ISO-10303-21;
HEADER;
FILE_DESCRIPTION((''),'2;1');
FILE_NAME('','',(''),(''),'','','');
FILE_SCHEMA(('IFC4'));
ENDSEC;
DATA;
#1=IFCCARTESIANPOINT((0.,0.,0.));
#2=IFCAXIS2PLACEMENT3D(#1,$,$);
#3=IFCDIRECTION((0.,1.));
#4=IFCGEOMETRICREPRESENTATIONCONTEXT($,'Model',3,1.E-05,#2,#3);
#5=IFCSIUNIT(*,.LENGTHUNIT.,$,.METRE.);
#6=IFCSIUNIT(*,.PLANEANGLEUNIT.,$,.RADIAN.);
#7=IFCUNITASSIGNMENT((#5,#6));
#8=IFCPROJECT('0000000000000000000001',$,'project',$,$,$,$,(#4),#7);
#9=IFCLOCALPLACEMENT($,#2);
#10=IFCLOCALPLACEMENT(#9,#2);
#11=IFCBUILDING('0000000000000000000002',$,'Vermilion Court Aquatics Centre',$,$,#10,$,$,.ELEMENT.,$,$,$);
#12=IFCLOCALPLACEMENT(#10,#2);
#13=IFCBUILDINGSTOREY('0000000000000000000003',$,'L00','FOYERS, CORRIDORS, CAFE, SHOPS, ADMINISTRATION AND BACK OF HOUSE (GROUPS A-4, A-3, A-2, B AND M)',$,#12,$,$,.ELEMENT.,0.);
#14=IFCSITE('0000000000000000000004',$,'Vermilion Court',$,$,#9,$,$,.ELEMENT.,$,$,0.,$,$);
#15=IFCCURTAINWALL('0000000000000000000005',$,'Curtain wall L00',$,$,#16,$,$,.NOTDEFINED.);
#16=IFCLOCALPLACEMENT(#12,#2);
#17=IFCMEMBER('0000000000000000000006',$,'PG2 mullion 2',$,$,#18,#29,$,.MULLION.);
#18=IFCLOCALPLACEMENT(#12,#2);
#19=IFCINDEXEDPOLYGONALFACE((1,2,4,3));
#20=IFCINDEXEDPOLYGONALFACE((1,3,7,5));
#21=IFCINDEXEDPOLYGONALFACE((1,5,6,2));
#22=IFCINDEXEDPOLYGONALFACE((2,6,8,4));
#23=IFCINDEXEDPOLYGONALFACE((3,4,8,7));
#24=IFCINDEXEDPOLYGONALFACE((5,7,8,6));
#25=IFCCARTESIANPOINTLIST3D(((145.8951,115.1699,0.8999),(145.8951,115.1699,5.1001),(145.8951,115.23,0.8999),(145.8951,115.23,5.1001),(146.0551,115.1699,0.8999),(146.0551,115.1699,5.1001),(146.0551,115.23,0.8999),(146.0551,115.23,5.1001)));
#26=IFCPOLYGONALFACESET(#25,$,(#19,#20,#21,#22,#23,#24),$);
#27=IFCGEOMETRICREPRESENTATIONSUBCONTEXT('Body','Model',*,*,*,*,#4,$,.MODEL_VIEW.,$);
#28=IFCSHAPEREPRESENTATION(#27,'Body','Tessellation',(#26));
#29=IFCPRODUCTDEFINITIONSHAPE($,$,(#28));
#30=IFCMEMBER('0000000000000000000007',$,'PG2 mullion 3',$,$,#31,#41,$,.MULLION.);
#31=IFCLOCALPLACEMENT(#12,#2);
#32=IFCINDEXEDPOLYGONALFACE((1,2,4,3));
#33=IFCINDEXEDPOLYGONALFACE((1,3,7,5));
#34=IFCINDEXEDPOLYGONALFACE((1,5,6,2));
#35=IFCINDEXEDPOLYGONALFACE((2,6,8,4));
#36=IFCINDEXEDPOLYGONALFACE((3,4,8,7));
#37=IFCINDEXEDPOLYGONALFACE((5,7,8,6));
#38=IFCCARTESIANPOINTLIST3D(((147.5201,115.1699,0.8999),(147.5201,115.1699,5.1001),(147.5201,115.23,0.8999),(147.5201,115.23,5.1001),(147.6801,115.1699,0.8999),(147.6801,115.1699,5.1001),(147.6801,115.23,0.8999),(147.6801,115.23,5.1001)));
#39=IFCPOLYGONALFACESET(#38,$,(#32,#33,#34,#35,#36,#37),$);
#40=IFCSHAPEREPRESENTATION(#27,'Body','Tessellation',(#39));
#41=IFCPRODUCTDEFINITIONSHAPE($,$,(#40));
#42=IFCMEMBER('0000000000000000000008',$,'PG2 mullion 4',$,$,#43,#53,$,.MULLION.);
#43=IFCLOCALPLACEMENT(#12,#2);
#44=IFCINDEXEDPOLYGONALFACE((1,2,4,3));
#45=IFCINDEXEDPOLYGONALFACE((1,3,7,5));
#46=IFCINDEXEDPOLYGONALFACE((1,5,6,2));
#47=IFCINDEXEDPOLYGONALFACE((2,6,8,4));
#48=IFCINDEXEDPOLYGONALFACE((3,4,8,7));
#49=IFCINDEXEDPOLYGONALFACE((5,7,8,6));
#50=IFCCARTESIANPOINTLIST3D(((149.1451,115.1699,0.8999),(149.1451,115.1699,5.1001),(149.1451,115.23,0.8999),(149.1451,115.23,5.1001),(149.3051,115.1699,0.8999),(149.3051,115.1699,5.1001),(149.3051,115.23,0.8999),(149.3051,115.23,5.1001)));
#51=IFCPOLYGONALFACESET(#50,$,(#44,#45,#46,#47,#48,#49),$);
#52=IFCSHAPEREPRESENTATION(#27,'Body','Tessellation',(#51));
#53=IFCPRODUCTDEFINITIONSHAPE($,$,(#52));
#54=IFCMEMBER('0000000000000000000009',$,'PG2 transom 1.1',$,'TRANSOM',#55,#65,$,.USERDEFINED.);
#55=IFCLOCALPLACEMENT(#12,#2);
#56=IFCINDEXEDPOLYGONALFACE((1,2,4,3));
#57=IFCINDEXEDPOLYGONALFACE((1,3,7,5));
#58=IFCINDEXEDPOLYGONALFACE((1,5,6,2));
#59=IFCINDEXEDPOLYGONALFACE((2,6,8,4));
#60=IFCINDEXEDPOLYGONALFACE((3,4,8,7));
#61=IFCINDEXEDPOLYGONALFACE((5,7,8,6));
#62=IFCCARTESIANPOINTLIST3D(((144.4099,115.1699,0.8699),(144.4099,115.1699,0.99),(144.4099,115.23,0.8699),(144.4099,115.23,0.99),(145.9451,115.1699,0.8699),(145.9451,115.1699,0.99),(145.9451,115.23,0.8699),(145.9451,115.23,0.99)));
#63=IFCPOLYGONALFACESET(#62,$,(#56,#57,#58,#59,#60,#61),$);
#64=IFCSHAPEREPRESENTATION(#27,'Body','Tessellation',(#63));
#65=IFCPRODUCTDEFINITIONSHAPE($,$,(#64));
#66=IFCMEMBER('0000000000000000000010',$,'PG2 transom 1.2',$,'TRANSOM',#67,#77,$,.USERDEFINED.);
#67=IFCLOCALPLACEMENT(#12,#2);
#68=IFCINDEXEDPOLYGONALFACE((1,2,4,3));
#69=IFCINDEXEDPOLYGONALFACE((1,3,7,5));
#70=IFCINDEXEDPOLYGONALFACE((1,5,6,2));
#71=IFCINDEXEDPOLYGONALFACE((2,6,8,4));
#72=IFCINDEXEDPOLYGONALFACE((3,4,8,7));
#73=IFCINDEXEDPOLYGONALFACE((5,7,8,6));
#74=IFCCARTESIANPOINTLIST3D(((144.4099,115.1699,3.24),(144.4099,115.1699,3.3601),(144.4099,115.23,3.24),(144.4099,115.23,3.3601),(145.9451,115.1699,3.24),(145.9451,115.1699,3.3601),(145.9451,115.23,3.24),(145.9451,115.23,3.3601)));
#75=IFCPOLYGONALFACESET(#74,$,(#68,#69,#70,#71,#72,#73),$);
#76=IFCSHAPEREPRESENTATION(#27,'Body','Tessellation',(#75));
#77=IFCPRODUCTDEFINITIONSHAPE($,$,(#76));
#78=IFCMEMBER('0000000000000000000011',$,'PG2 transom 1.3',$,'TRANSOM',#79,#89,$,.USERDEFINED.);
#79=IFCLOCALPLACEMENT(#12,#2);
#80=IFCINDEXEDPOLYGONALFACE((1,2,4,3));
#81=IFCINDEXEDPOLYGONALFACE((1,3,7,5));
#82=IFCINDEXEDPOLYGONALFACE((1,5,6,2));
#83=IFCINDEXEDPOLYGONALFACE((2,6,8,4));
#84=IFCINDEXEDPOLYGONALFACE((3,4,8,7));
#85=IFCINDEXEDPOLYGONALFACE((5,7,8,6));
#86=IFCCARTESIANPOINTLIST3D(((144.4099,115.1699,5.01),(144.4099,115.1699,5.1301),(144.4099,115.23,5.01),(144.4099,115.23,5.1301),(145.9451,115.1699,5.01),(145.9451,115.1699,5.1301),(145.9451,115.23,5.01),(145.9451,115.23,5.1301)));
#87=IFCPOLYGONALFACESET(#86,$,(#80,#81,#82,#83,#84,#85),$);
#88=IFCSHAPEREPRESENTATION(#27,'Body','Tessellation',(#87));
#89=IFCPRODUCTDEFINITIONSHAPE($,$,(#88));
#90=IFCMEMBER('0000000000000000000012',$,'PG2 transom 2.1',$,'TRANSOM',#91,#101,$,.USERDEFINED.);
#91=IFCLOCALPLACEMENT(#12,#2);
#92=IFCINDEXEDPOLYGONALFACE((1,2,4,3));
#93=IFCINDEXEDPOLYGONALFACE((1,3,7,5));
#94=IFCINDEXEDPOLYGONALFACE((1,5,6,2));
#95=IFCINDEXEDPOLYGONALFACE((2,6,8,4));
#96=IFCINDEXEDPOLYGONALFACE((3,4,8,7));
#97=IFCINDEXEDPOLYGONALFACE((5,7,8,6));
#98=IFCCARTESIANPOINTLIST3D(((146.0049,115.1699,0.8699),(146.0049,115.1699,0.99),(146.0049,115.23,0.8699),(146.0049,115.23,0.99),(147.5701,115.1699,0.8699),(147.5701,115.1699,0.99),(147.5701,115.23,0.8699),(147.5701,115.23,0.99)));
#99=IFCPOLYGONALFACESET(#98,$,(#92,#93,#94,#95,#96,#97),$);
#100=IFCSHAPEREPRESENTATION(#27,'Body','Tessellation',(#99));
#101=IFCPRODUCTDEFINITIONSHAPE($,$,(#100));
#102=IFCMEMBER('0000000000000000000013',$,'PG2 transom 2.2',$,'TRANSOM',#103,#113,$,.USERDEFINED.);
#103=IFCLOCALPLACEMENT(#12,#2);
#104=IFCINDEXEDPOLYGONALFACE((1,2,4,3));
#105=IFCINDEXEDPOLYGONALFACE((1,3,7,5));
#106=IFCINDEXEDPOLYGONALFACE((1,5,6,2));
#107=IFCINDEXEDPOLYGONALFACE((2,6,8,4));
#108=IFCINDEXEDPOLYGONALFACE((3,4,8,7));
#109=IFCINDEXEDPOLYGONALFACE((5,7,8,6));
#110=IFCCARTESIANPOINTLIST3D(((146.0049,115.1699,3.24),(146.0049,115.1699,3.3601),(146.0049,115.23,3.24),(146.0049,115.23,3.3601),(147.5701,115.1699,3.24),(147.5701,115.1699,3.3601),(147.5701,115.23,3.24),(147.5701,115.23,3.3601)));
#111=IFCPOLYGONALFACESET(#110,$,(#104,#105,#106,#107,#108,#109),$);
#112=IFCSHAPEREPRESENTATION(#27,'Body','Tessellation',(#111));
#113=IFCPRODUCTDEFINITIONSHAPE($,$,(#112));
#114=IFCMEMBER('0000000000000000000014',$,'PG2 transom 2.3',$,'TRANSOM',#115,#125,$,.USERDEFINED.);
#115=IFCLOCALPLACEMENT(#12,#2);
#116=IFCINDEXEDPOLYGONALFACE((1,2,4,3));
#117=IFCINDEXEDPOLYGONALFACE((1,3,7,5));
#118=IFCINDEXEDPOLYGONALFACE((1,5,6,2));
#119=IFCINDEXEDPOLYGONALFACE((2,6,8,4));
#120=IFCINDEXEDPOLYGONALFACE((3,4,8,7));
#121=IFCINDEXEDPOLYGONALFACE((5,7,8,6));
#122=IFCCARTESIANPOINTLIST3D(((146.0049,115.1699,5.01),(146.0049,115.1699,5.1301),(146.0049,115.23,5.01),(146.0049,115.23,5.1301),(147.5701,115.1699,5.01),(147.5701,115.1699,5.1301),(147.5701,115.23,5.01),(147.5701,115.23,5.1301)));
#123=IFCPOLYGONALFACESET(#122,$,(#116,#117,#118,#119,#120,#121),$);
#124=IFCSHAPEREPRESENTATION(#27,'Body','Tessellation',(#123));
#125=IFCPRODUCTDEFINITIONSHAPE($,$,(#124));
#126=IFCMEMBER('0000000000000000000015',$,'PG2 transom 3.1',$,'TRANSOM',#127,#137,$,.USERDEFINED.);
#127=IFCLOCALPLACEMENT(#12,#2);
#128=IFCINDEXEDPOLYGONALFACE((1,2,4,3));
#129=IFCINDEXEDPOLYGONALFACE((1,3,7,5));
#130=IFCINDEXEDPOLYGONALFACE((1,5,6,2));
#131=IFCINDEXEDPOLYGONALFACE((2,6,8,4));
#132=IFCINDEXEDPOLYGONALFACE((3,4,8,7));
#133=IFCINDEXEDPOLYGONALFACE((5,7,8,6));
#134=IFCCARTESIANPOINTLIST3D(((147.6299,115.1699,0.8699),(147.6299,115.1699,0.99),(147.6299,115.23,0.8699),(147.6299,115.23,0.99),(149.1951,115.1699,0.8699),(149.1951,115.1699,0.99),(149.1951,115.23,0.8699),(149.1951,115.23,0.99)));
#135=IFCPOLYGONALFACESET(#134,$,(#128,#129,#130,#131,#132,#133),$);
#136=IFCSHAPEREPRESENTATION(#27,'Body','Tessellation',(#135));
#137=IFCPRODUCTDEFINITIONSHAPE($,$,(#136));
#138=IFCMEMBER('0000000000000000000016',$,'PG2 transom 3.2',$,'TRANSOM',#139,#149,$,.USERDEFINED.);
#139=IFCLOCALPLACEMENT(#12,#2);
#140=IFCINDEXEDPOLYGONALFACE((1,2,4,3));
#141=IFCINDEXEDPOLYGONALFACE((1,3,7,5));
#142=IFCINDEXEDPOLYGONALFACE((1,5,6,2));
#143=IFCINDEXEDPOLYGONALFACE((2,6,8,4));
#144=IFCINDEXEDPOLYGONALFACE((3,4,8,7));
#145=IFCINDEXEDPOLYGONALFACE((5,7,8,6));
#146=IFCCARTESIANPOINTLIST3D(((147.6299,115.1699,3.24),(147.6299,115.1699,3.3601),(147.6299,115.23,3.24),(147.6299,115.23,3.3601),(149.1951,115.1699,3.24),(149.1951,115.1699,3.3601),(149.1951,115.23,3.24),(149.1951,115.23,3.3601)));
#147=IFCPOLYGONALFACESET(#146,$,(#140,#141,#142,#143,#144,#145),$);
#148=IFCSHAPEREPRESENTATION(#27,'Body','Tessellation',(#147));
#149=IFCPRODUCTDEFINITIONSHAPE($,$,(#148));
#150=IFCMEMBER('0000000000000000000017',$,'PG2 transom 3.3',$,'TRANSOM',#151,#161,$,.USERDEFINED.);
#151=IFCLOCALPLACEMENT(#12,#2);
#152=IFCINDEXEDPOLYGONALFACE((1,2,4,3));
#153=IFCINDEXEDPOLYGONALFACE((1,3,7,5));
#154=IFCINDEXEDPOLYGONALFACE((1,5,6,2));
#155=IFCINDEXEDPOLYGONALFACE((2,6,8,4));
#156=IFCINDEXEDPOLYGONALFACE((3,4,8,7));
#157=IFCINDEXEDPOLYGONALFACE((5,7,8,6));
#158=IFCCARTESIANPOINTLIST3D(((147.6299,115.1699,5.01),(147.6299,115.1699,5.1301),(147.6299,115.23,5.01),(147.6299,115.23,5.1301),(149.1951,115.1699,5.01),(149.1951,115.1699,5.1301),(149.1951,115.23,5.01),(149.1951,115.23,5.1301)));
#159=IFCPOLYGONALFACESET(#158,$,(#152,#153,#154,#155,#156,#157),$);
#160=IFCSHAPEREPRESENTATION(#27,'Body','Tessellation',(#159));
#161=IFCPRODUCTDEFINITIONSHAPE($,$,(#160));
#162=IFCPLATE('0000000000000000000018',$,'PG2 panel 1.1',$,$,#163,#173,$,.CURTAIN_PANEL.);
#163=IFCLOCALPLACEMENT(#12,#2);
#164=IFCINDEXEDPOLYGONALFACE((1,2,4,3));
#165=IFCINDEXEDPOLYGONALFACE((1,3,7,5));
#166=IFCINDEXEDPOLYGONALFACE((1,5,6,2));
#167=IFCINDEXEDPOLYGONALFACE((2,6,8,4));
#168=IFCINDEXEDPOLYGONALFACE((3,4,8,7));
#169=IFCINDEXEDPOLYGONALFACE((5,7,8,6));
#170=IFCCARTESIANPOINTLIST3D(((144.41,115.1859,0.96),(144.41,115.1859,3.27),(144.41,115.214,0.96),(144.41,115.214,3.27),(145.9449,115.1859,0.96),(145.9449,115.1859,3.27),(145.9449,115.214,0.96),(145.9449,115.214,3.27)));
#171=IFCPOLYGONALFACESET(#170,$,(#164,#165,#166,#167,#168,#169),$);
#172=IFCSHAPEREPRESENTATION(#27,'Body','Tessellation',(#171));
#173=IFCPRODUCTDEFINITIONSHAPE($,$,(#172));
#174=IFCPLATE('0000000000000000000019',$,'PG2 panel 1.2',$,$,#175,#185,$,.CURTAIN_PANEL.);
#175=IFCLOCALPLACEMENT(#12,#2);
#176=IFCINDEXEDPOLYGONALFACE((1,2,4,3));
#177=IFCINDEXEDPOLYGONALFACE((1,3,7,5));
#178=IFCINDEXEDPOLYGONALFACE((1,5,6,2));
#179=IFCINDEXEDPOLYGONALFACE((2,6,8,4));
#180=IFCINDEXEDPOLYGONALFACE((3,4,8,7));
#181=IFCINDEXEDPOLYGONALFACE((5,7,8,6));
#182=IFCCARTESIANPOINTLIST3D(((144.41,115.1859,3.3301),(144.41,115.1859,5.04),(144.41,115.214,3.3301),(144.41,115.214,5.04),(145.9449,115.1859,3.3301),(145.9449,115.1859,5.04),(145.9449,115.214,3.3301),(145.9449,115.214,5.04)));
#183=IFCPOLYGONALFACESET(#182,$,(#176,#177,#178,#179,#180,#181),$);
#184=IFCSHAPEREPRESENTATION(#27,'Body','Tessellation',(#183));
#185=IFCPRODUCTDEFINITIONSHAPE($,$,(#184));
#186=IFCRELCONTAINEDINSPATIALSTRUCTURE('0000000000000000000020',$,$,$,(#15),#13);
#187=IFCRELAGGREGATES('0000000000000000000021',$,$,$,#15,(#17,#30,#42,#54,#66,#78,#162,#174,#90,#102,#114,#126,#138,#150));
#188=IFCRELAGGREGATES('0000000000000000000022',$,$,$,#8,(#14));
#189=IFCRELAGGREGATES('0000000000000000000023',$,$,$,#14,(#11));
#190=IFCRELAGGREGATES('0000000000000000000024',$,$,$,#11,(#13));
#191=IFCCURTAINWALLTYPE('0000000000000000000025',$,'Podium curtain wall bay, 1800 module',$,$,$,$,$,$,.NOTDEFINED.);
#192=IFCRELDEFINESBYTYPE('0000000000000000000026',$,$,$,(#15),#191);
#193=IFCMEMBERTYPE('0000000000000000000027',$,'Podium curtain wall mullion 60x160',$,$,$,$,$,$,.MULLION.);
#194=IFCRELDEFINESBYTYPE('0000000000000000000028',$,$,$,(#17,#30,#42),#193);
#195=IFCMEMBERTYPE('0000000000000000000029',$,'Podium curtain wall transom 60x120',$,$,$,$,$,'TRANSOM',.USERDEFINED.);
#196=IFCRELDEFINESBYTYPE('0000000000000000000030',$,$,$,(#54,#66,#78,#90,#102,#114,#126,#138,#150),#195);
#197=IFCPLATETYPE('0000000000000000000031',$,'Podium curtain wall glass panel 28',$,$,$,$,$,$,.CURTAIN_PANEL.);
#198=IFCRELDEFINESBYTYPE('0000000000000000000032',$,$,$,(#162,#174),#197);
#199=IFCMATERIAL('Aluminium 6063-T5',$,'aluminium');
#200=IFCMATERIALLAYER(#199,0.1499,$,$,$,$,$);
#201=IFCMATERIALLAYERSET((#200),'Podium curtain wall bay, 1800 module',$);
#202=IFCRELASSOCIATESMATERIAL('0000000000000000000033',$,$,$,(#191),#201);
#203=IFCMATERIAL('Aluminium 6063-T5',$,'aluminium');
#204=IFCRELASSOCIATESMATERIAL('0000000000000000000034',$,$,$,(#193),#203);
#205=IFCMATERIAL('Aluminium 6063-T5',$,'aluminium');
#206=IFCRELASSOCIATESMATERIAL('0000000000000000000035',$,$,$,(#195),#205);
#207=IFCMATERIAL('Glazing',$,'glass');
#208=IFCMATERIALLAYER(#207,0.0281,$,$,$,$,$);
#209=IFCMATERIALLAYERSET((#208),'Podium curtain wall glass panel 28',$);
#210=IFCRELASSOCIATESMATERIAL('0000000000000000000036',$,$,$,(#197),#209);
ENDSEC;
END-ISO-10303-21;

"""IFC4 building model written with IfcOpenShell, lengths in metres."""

from ifc_helpers import new_model, si_unit, direction, frame, origin, origin_2d, place, context, subcontext, project, spatial, rectangle, extrude, material, layer, layer_set, material_profile, profile_set, type_object, element, aggregate, save


model = new_model("IFC4")

# Units and contexts
model_context = context("Model", 3, precision=1e-05, world=origin(), true_north=direction((0.0, 1.0)))
body_context = subcontext(model_context, "Body", "Model", "MODEL_VIEW")
ifc_project = project(units=[si_unit("LENGTHUNIT", "METRE"), si_unit("PLANEANGLEUNIT", "RADIAN")], contexts=[model_context])

# Site, building, storey
site_placement = place(None, origin())
site = spatial("IfcSite", under=ifc_project, at=site_placement, Name="Vermilion Court", CompositionType="ELEMENT", RefElevation=0.0)
building_placement = place(site_placement, origin())
building = spatial("IfcBuilding", under=site, at=building_placement, Name="Vermilion Court Aquatics Centre", CompositionType="ELEMENT")
storey_placement = place(building_placement, origin())
storey = spatial("IfcBuildingStorey", under=building, at=storey_placement, Name="L00", Description="FOYERS, CORRIDORS, CAFE, SHOPS, ADMINISTRATION AND BACK OF HOUSE (GROUPS A-4, A-3, A-2, B AND M)", CompositionType="ELEMENT", Elevation=0.0)

# Curtain wall, members, plates
ifc_material_1 = material(Name="Aluminium 6063-T5", Category="aluminium")
ifc_layer_1 = layer(ifc_material_1, 0.1499)
ifc_layer_set_1 = layer_set([ifc_layer_1], Name="Podium curtain wall bay, 1800 module")
curtain_wall_type = type_object("IfcCurtainWallType", Name="Podium curtain wall bay, 1800 module", PredefinedType="NOTDEFINED", material=ifc_layer_set_1)
curtain_wall_placement = place(storey_placement, origin())
curtain_wall = element("IfcCurtainWall", 1, at=curtain_wall_placement, inside=storey, type_object=curtain_wall_type, Name="Curtain wall L00", PredefinedType="NOTDEFINED")
ifc_material_2 = material(Name="Aluminium 6063-T5", Category="aluminium")
ifc_material_profile_1 = material_profile(ifc_material_2, rectangle(XDim=0.0601, YDim=0.1599, at=origin_2d()), Name="Mullion 60x160")
ifc_profile_set_1 = profile_set([ifc_material_profile_1], Name="Aluminium 6063-T5")
member_type_1 = type_object("IfcMemberType", Name="Podium curtain wall mullion 60x160", PredefinedType="MULLION", material=ifc_profile_set_1)
member_1_placement = place(storey_placement, frame((145.9751, 115.2, 0.8999), z_axis=(0.0, 0.0, 1.0), x_axis=(0.0, 1.0, 0.0)))
member_1 = element("IfcMember", 2, at=member_1_placement, type_object=member_type_1, Name="PG2 mullion 2", PredefinedType="MULLION", context=body_context, shape_type="SweptSolid", body=[
    extrude(rectangle(XDim=0.0601, YDim=0.1599, at=origin_2d()), origin(), (0.0, 0.0, 1.0), 4.2002),
])
member_2_placement = place(storey_placement, frame((147.6001, 115.2, 0.8999), z_axis=(0.0, 0.0, 1.0), x_axis=(0.0, 1.0, 0.0)))
member_2 = element("IfcMember", 3, at=member_2_placement, type_object=member_type_1, Name="PG2 mullion 3", PredefinedType="MULLION", context=body_context, shape_type="SweptSolid", body=[
    extrude(rectangle(XDim=0.0601, YDim=0.1599, at=origin_2d()), origin(), (0.0, 0.0, 1.0), 4.2002),
])
member_3_placement = place(storey_placement, frame((149.2251, 115.2, 0.8999), z_axis=(0.0, 0.0, 1.0), x_axis=(0.0, 1.0, 0.0)))
member_3 = element("IfcMember", 4, at=member_3_placement, type_object=member_type_1, Name="PG2 mullion 4", PredefinedType="MULLION", context=body_context, shape_type="SweptSolid", body=[
    extrude(rectangle(XDim=0.0601, YDim=0.1599, at=origin_2d()), origin(), (0.0, 0.0, 1.0), 4.2002),
])
ifc_material_3 = material(Name="Aluminium 6063-T5", Category="aluminium")
ifc_material_profile_2 = material_profile(ifc_material_3, rectangle(XDim=0.0601, YDim=0.1201, at=origin_2d()), Name="Transom 60x120")
ifc_profile_set_2 = profile_set([ifc_material_profile_2], Name="Aluminium 6063-T5")
member_type_2 = type_object("IfcMemberType", Name="Podium curtain wall transom 60x120", ElementType="TRANSOM", PredefinedType="USERDEFINED", material=ifc_profile_set_2)
member_4_placement = place(storey_placement, frame((144.4099, 115.2, 0.9299), z_axis=(1.0, 0.0, 0.0), x_axis=(0.0, 1.0, 0.0)))
member_4 = element("IfcMember", 5, at=member_4_placement, type_object=member_type_2, Name="PG2 transom 1.1", ObjectType="TRANSOM", PredefinedType="USERDEFINED", context=body_context, shape_type="SweptSolid", body=[
    extrude(rectangle(XDim=0.0601, YDim=0.1201, at=origin_2d()), origin(), (0.0, 0.0, 1.0), 1.5352),
])
member_5_placement = place(storey_placement, frame((144.4099, 115.2, 3.3), z_axis=(1.0, 0.0, 0.0), x_axis=(0.0, 1.0, 0.0)))
member_5 = element("IfcMember", 6, at=member_5_placement, type_object=member_type_2, Name="PG2 transom 1.2", ObjectType="TRANSOM", PredefinedType="USERDEFINED", context=body_context, shape_type="SweptSolid", body=[
    extrude(rectangle(XDim=0.0601, YDim=0.1201, at=origin_2d()), origin(), (0.0, 0.0, 1.0), 1.5352),
])
member_6_placement = place(storey_placement, frame((144.4099, 115.2, 5.0701), z_axis=(1.0, 0.0, 0.0), x_axis=(0.0, 1.0, 0.0)))
member_6 = element("IfcMember", 7, at=member_6_placement, type_object=member_type_2, Name="PG2 transom 1.3", ObjectType="TRANSOM", PredefinedType="USERDEFINED", context=body_context, shape_type="SweptSolid", body=[
    extrude(rectangle(XDim=0.0601, YDim=0.1201, at=origin_2d()), origin(), (0.0, 0.0, 1.0), 1.5352),
])
member_7_placement = place(storey_placement, frame((146.0049, 115.2, 0.9299), z_axis=(1.0, 0.0, 0.0), x_axis=(0.0, 1.0, 0.0)))
member_7 = element("IfcMember", 8, at=member_7_placement, type_object=member_type_2, Name="PG2 transom 2.1", ObjectType="TRANSOM", PredefinedType="USERDEFINED", context=body_context, shape_type="SweptSolid", body=[
    extrude(rectangle(XDim=0.0601, YDim=0.1201, at=origin_2d()), origin(), (0.0, 0.0, 1.0), 1.5652),
])
member_8_placement = place(storey_placement, frame((146.0049, 115.2, 3.3), z_axis=(1.0, 0.0, 0.0), x_axis=(0.0, 1.0, 0.0)))
member_8 = element("IfcMember", 9, at=member_8_placement, type_object=member_type_2, Name="PG2 transom 2.2", ObjectType="TRANSOM", PredefinedType="USERDEFINED", context=body_context, shape_type="SweptSolid", body=[
    extrude(rectangle(XDim=0.0601, YDim=0.1201, at=origin_2d()), origin(), (0.0, 0.0, 1.0), 1.5652),
])
member_9_placement = place(storey_placement, frame((146.0049, 115.2, 5.0701), z_axis=(1.0, 0.0, 0.0), x_axis=(0.0, 1.0, 0.0)))
member_9 = element("IfcMember", 10, at=member_9_placement, type_object=member_type_2, Name="PG2 transom 2.3", ObjectType="TRANSOM", PredefinedType="USERDEFINED", context=body_context, shape_type="SweptSolid", body=[
    extrude(rectangle(XDim=0.0601, YDim=0.1201, at=origin_2d()), origin(), (0.0, 0.0, 1.0), 1.5652),
])
member_10_placement = place(storey_placement, frame((147.6299, 115.2, 0.9299), z_axis=(1.0, 0.0, 0.0), x_axis=(0.0, 1.0, 0.0)))
member_10 = element("IfcMember", 11, at=member_10_placement, type_object=member_type_2, Name="PG2 transom 3.1", ObjectType="TRANSOM", PredefinedType="USERDEFINED", context=body_context, shape_type="SweptSolid", body=[
    extrude(rectangle(XDim=0.0601, YDim=0.1201, at=origin_2d()), origin(), (0.0, 0.0, 1.0), 1.5652),
])
member_11_placement = place(storey_placement, frame((147.6299, 115.2, 3.3), z_axis=(1.0, 0.0, 0.0), x_axis=(0.0, 1.0, 0.0)))
member_11 = element("IfcMember", 12, at=member_11_placement, type_object=member_type_2, Name="PG2 transom 3.2", ObjectType="TRANSOM", PredefinedType="USERDEFINED", context=body_context, shape_type="SweptSolid", body=[
    extrude(rectangle(XDim=0.0601, YDim=0.1201, at=origin_2d()), origin(), (0.0, 0.0, 1.0), 1.5652),
])
member_12_placement = place(storey_placement, frame((147.6299, 115.2, 5.0701), z_axis=(1.0, 0.0, 0.0), x_axis=(0.0, 1.0, 0.0)))
member_12 = element("IfcMember", 13, at=member_12_placement, type_object=member_type_2, Name="PG2 transom 3.3", ObjectType="TRANSOM", PredefinedType="USERDEFINED", context=body_context, shape_type="SweptSolid", body=[
    extrude(rectangle(XDim=0.0601, YDim=0.1201, at=origin_2d()), origin(), (0.0, 0.0, 1.0), 1.5652),
])
ifc_material_4 = material(Name="Glazing", Category="glass")
ifc_layer_2 = layer(ifc_material_4, 0.0281)
ifc_layer_set_2 = layer_set([ifc_layer_2], Name="Podium curtain wall glass panel 28")
plate_type = type_object("IfcPlateType", Name="Podium curtain wall glass panel 28", PredefinedType="CURTAIN_PANEL", material=ifc_layer_set_2)
plate_1_placement = place(storey_placement, frame((145.1775, 115.2, 0.96), z_axis=(0.0, 0.0, 1.0), x_axis=(1.0, 0.0, 0.0)))
plate_1 = element("IfcPlate", 14, at=plate_1_placement, type_object=plate_type, Name="PG2 panel 1.1", PredefinedType="CURTAIN_PANEL", context=body_context, shape_type="SweptSolid", body=[
    extrude(rectangle(XDim=1.5349, YDim=0.0281, at=origin_2d()), origin(), (0.0, 0.0, 1.0), 2.3101),
])
plate_2_placement = place(storey_placement, frame((145.1775, 115.2, 3.3301), z_axis=(0.0, 0.0, 1.0), x_axis=(1.0, 0.0, 0.0)))
plate_2 = element("IfcPlate", 15, at=plate_2_placement, type_object=plate_type, Name="PG2 panel 1.2", PredefinedType="CURTAIN_PANEL", context=body_context, shape_type="SweptSolid", body=[
    extrude(rectangle(XDim=1.5349, YDim=0.0281, at=origin_2d()), origin(), (0.0, 0.0, 1.0), 1.71),
])
aggregate(curtain_wall, [member_1, member_2, member_3, member_4, member_5, member_6, plate_1, plate_2, member_7, member_8, member_9, member_10, member_11, member_12])

save(model, "model.ifc")
